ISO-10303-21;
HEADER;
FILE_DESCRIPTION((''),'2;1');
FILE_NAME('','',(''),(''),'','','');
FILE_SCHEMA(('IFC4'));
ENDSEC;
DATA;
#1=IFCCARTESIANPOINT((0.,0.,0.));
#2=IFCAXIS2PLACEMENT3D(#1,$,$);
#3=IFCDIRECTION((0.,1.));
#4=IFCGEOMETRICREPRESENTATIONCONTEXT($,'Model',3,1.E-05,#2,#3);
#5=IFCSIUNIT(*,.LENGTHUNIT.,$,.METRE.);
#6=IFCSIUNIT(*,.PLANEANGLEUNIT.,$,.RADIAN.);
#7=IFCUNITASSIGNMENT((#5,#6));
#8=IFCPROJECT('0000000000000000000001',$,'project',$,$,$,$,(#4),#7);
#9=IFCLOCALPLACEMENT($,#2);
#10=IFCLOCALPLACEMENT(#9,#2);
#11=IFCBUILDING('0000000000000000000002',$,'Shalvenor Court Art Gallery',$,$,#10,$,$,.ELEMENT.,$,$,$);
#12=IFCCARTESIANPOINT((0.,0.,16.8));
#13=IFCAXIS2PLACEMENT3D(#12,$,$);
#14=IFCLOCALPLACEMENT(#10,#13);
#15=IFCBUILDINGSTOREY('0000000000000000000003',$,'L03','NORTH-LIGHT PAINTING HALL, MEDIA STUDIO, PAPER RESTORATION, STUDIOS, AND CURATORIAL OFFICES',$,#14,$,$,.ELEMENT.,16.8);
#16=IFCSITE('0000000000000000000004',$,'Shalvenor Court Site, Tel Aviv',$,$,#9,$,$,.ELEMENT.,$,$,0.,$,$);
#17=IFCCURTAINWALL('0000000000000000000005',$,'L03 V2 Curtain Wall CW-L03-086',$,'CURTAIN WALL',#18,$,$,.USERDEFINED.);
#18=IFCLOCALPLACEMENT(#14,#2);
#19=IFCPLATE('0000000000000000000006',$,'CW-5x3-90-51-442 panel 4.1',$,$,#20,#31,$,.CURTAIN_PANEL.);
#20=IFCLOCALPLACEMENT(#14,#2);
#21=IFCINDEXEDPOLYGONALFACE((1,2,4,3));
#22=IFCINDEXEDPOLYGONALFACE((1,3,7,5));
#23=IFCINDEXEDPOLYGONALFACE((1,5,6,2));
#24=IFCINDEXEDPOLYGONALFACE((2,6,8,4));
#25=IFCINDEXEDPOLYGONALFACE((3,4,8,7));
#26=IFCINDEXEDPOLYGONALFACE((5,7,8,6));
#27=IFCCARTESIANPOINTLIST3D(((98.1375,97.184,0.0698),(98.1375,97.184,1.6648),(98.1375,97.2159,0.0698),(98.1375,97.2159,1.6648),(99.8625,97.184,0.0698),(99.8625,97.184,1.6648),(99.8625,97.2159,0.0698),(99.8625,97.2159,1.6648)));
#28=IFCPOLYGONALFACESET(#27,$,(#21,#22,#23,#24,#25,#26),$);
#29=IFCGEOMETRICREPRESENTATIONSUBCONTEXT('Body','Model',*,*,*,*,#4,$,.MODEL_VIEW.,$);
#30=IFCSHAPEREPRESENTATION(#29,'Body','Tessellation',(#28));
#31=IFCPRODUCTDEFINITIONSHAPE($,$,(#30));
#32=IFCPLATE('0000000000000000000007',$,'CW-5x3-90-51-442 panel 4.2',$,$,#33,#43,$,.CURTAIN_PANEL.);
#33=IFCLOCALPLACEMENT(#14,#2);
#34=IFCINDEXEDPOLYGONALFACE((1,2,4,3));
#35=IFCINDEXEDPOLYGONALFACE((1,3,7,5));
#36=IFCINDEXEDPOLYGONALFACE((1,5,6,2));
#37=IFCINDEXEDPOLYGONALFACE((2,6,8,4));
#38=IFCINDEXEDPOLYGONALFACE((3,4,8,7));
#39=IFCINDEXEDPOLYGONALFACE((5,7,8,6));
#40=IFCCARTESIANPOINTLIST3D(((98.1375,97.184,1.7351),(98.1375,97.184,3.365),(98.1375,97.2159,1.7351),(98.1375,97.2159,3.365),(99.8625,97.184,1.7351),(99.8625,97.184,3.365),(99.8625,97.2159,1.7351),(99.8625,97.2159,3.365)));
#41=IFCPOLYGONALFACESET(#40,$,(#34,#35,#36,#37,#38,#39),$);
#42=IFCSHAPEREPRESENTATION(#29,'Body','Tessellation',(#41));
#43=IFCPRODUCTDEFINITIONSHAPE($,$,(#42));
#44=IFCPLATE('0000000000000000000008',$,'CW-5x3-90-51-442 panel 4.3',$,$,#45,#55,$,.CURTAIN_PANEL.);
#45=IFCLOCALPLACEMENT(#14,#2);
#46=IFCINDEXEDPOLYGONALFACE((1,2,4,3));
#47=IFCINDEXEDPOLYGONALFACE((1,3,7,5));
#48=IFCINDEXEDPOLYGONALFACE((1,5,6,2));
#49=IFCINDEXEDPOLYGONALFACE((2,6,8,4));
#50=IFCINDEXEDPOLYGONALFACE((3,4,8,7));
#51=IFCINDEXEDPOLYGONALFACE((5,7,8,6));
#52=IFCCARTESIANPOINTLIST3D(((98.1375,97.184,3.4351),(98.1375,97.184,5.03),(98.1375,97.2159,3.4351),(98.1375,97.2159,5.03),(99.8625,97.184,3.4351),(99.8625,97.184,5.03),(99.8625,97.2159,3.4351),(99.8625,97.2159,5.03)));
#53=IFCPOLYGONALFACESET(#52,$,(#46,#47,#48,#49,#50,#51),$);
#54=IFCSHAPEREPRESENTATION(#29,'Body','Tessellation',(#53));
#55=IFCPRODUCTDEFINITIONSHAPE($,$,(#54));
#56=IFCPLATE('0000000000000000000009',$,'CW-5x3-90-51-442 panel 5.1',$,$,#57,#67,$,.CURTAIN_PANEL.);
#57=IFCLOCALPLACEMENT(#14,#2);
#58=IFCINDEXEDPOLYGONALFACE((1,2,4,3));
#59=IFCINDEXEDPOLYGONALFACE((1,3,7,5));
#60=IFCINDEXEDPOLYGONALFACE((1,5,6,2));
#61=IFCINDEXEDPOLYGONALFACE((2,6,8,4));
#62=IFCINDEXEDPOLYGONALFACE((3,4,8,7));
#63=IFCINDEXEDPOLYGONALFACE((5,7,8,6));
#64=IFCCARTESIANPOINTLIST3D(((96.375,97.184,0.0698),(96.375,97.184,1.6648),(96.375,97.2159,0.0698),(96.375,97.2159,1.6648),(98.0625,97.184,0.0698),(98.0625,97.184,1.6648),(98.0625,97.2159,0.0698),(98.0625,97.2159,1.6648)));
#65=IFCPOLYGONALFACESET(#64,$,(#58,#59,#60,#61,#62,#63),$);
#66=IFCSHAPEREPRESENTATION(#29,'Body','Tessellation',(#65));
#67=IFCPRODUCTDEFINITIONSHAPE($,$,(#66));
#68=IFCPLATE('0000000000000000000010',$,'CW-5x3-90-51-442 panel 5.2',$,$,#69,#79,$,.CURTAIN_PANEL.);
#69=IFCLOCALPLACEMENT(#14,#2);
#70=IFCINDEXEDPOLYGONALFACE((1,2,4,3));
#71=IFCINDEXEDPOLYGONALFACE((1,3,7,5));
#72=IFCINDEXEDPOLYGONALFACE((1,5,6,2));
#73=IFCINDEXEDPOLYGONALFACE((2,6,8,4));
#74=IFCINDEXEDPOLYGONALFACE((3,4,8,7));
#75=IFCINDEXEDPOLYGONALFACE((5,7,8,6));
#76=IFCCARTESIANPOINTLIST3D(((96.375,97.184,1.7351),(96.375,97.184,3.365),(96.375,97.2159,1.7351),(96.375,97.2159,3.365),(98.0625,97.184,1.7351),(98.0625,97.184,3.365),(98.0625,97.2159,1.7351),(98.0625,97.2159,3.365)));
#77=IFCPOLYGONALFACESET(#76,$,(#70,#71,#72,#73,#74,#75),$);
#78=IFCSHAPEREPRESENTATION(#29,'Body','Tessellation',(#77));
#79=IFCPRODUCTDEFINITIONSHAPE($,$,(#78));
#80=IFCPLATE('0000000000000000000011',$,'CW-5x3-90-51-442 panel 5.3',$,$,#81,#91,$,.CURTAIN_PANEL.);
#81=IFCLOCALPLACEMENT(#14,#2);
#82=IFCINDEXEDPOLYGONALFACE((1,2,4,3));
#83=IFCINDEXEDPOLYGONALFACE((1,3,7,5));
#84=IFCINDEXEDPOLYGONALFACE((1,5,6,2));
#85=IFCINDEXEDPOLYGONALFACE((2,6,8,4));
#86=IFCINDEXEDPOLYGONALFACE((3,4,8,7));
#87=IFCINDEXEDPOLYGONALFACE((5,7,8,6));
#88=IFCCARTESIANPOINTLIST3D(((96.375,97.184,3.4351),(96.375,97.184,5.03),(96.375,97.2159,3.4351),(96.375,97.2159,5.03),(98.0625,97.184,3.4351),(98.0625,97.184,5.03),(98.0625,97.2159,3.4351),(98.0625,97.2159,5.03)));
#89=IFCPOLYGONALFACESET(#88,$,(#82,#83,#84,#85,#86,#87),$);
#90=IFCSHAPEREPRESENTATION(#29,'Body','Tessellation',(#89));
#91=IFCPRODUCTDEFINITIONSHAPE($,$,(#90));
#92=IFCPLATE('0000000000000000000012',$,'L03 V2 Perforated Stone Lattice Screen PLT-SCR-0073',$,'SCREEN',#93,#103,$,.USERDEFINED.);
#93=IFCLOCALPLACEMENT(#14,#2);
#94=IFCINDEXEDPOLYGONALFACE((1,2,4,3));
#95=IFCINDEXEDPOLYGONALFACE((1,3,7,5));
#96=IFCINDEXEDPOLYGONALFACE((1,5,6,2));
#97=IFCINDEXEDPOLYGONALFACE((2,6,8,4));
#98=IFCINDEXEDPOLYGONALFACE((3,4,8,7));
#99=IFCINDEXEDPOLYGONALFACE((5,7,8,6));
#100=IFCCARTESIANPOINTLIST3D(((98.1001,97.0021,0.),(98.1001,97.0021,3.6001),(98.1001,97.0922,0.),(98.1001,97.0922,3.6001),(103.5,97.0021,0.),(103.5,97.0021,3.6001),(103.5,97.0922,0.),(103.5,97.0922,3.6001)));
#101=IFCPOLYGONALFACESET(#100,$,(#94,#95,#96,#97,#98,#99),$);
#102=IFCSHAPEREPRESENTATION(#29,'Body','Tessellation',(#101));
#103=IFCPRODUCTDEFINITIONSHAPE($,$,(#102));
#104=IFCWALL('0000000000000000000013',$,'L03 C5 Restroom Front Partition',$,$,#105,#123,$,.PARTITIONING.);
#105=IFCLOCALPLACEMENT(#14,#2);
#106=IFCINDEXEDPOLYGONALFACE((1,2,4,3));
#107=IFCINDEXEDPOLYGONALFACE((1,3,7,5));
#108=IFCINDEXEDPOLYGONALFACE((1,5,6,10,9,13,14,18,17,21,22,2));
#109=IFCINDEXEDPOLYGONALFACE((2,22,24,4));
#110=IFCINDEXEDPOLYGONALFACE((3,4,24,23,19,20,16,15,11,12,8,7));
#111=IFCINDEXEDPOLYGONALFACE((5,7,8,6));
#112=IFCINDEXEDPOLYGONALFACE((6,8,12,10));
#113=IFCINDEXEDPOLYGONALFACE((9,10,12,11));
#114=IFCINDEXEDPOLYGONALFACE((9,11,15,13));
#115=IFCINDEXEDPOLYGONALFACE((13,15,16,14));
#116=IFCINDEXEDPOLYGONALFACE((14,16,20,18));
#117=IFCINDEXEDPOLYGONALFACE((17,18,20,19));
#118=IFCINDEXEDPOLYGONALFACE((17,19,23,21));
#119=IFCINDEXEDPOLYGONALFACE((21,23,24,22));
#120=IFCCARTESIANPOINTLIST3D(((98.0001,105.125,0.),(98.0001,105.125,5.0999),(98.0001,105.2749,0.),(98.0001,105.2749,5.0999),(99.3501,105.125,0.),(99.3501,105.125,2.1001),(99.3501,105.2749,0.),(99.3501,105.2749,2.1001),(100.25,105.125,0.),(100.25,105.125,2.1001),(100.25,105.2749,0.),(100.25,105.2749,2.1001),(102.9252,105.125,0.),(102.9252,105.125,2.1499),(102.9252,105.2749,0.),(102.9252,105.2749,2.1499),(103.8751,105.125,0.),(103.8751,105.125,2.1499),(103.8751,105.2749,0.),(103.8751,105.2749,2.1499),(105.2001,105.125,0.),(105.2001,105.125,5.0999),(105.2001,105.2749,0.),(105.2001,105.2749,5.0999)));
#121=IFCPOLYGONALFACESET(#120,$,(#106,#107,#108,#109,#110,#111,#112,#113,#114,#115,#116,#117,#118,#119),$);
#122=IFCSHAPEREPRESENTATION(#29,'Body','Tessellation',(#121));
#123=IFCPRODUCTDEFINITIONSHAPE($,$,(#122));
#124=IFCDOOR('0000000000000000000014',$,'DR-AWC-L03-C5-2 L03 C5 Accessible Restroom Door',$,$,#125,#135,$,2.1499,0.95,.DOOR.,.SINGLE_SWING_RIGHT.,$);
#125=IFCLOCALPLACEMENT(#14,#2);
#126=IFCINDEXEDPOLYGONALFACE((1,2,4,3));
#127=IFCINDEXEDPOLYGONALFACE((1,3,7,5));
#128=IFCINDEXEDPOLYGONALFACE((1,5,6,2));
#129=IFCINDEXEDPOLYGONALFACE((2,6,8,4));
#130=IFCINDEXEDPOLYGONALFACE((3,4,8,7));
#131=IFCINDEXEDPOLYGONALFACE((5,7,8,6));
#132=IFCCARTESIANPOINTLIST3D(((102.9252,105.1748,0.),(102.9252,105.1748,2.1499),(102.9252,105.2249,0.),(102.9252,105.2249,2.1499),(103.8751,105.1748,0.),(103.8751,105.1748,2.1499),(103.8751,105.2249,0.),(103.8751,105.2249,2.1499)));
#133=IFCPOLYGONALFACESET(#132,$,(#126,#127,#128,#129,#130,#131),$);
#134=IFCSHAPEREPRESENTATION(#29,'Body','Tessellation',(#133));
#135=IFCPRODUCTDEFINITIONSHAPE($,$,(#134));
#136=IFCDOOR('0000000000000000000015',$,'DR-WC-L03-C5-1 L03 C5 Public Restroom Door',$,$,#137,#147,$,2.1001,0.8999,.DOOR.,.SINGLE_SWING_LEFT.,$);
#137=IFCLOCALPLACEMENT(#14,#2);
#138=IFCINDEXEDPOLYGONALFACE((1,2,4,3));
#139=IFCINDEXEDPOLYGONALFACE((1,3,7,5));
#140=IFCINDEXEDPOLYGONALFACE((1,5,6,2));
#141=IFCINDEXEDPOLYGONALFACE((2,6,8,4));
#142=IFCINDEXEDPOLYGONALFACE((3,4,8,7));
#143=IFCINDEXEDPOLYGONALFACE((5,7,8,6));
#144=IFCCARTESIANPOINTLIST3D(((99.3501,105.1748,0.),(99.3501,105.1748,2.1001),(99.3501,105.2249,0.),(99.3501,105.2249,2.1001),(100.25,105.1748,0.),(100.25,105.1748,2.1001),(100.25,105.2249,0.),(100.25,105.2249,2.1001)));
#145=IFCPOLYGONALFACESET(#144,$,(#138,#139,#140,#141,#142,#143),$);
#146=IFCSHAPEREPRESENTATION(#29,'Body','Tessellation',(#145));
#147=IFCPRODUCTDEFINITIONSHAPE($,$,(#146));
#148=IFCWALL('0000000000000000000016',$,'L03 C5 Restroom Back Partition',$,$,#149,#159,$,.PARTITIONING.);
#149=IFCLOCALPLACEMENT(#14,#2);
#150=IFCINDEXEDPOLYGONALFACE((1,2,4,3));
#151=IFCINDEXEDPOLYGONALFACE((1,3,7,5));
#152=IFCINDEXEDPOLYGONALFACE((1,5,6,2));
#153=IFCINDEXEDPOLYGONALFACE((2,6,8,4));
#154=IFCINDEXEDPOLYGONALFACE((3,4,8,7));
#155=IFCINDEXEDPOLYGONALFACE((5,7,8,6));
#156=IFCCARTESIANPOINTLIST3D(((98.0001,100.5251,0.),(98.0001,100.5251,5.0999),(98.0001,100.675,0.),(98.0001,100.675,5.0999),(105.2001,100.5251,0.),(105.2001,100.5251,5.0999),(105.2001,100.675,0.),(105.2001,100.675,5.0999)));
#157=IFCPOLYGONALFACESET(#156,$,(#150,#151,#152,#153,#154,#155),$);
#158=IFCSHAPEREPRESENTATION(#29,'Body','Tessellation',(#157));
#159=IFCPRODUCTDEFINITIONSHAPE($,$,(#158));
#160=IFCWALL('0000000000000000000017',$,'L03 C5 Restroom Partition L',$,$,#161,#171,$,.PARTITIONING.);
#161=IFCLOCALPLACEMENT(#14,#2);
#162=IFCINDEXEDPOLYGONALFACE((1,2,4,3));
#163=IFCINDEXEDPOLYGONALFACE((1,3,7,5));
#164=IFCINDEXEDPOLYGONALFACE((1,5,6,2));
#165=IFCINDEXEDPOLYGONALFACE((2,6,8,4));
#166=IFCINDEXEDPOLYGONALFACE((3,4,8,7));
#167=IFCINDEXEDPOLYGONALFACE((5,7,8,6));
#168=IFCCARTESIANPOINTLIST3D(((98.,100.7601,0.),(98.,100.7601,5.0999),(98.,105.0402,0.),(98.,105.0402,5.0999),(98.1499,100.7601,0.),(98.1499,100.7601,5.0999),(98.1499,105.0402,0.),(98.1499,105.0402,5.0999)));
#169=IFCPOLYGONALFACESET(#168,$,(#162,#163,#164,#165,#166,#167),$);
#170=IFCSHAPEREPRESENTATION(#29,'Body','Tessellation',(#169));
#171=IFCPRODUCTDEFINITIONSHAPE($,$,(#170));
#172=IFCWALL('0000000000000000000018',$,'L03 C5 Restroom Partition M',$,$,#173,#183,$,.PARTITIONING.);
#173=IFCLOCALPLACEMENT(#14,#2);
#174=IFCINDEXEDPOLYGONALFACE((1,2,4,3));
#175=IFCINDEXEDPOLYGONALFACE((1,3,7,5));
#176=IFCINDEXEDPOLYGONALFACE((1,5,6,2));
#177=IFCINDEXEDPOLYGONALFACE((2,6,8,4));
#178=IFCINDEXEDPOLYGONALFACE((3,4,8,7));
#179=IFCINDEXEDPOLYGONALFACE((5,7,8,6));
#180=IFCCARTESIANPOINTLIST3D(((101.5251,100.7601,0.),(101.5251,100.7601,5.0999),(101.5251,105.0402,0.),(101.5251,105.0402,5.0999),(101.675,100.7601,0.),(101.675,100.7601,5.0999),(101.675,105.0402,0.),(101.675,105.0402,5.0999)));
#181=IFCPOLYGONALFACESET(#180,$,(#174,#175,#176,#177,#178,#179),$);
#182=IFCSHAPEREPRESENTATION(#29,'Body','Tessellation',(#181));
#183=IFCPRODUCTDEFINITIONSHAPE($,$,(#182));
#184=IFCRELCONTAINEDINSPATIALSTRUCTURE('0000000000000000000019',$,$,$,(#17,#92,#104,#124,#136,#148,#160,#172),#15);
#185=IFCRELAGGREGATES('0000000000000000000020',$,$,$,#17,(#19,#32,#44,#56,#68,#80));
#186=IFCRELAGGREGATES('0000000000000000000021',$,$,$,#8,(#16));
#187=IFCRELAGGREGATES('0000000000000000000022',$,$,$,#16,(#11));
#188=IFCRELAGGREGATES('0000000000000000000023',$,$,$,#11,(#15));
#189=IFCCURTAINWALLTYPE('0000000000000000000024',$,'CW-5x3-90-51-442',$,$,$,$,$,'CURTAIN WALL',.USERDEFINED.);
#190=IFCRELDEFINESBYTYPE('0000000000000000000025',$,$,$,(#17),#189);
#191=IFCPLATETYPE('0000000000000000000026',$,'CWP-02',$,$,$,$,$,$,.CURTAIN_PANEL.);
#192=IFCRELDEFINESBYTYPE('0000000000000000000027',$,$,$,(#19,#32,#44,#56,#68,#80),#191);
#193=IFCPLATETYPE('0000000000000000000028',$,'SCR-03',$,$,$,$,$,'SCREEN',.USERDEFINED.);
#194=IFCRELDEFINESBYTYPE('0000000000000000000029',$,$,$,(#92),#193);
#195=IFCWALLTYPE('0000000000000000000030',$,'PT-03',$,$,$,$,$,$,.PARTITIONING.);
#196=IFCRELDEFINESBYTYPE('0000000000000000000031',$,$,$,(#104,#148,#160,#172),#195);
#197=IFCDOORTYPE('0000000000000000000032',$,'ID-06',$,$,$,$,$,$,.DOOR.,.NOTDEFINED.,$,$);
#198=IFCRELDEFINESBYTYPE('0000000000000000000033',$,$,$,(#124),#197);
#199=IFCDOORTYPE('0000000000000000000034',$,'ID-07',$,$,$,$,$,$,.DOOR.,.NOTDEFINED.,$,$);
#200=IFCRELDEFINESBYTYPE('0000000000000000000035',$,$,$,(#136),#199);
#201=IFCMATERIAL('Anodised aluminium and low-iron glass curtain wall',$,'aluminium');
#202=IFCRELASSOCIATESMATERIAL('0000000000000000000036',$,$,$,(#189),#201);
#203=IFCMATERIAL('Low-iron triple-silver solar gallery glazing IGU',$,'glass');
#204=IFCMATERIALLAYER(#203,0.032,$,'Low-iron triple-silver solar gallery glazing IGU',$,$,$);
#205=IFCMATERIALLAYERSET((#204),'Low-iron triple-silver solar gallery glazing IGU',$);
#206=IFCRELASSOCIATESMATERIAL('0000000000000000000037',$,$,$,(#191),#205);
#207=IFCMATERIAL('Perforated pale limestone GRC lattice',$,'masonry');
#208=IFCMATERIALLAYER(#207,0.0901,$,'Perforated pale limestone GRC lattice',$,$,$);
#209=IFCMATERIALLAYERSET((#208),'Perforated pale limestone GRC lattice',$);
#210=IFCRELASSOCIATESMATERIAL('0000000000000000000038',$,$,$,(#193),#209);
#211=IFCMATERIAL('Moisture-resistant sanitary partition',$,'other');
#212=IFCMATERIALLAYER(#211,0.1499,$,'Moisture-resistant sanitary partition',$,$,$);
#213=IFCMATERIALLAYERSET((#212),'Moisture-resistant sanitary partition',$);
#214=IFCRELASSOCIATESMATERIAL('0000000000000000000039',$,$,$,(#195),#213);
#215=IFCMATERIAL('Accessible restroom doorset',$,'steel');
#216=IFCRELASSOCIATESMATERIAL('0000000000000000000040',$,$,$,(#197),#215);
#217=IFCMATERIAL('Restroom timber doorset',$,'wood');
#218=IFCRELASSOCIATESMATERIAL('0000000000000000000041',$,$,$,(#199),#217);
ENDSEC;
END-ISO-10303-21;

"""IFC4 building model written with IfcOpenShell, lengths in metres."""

from ifc_helpers import new_model, si_unit, direction, frame, frame_2d, origin, origin_2d, place, context, subcontext, project, spatial, rectangle, extrude, material, layer, layer_set, type_object, element, fill, aggregate, save


model = new_model("IFC4")

# Units and contexts
model_context = context("Model", 3, precision=1e-05, world=origin(), true_north=direction((0.0, 1.0)))
body_context = subcontext(model_context, "Body", "Model", "MODEL_VIEW")
ifc_project = project(units=[si_unit("LENGTHUNIT", "METRE"), si_unit("PLANEANGLEUNIT", "RADIAN")], contexts=[model_context])

# Site, building, storey
site_placement = place(None, origin())
site = spatial("IfcSite", under=ifc_project, at=site_placement, Name="Shalvenor Court Site, Tel Aviv", CompositionType="ELEMENT", RefElevation=0.0)
building_placement = place(site_placement, origin())
building = spatial("IfcBuilding", under=site, at=building_placement, Name="Shalvenor Court Art Gallery", CompositionType="ELEMENT")
storey_placement = place(building_placement, frame((0.0, 0.0, 16.8)))
storey = spatial("IfcBuildingStorey", under=building, at=storey_placement, Name="L03", Description="NORTH-LIGHT PAINTING HALL, MEDIA STUDIO, PAPER RESTORATION, STUDIOS, AND CURATORIAL OFFICES", CompositionType="ELEMENT", Elevation=16.8)

# Curtain wall, plates
ifc_material_1 = material(Name="Anodised aluminium and low-iron glass curtain wall", Category="aluminium")
curtain_wall_type = type_object("IfcCurtainWallType", Name="CW-5x3-90-51-442", ElementType="CURTAIN WALL", PredefinedType="USERDEFINED", material=ifc_material_1)
curtain_wall_placement = place(storey_placement, origin())
curtain_wall = element("IfcCurtainWall", 1, at=curtain_wall_placement, inside=storey, type_object=curtain_wall_type, Name="L03 V2 Curtain Wall CW-L03-086", ObjectType="CURTAIN WALL", PredefinedType="USERDEFINED")
ifc_material_2 = material(Name="Low-iron triple-silver solar gallery glazing IGU", Category="glass")
ifc_layer_1 = layer(ifc_material_2, 0.032, Name="Low-iron triple-silver solar gallery glazing IGU")
ifc_layer_set_1 = layer_set([ifc_layer_1], Name="Low-iron triple-silver solar gallery glazing IGU")
plate_type_1 = type_object("IfcPlateType", Name="CWP-02", PredefinedType="CURTAIN_PANEL", material=ifc_layer_set_1)
plate_1_placement = place(storey_placement, frame((99.0, 97.2, 0.0698), z_axis=(0.0, 0.0, 1.0), x_axis=(-1.0, 0.0, 0.0)))
plate_1 = element("IfcPlate", 2, at=plate_1_placement, type_object=plate_type_1, Name="CW-5x3-90-51-442 panel 4.1", PredefinedType="CURTAIN_PANEL", context=body_context, shape_type="SweptSolid", body=[
    extrude(rectangle(XDim=1.7251, YDim=0.032, at=origin_2d()), origin(), (0.0, 0.0, 1.0), 1.595),
])
plate_2_placement = place(storey_placement, frame((99.0, 97.2, 1.7351), z_axis=(0.0, 0.0, 1.0), x_axis=(-1.0, 0.0, 0.0)))
plate_2 = element("IfcPlate", 3, at=plate_2_placement, type_object=plate_type_1, Name="CW-5x3-90-51-442 panel 4.2", PredefinedType="CURTAIN_PANEL", context=body_context, shape_type="SweptSolid", body=[
    extrude(rectangle(XDim=1.7251, YDim=0.032, at=origin_2d()), origin(), (0.0, 0.0, 1.0), 1.6299),
])
plate_3_placement = place(storey_placement, frame((99.0, 97.2, 3.4351), z_axis=(0.0, 0.0, 1.0), x_axis=(-1.0, 0.0, 0.0)))
plate_3 = element("IfcPlate", 4, at=plate_3_placement, type_object=plate_type_1, Name="CW-5x3-90-51-442 panel 4.3", PredefinedType="CURTAIN_PANEL", context=body_context, shape_type="SweptSolid", body=[
    extrude(rectangle(XDim=1.7251, YDim=0.032, at=origin_2d()), origin(), (0.0, 0.0, 1.0), 1.595),
])
plate_4_placement = place(storey_placement, frame((97.2188, 97.2, 0.0698), z_axis=(0.0, 0.0, 1.0), x_axis=(-1.0, 0.0, 0.0)))
plate_4 = element("IfcPlate", 5, at=plate_4_placement, type_object=plate_type_1, Name="CW-5x3-90-51-442 panel 5.1", PredefinedType="CURTAIN_PANEL", context=body_context, shape_type="SweptSolid", body=[
    extrude(rectangle(XDim=1.6875, YDim=0.032, at=origin_2d()), origin(), (0.0, 0.0, 1.0), 1.595),
])
plate_5_placement = place(storey_placement, frame((97.2188, 97.2, 1.7351), z_axis=(0.0, 0.0, 1.0), x_axis=(-1.0, 0.0, 0.0)))
plate_5 = element("IfcPlate", 6, at=plate_5_placement, type_object=plate_type_1, Name="CW-5x3-90-51-442 panel 5.2", PredefinedType="CURTAIN_PANEL", context=body_context, shape_type="SweptSolid", body=[
    extrude(rectangle(XDim=1.6875, YDim=0.032, at=origin_2d()), origin(), (0.0, 0.0, 1.0), 1.6299),
])
plate_6_placement = place(storey_placement, frame((97.2188, 97.2, 3.4351), z_axis=(0.0, 0.0, 1.0), x_axis=(-1.0, 0.0, 0.0)))
plate_6 = element("IfcPlate", 7, at=plate_6_placement, type_object=plate_type_1, Name="CW-5x3-90-51-442 panel 5.3", PredefinedType="CURTAIN_PANEL", context=body_context, shape_type="SweptSolid", body=[
    extrude(rectangle(XDim=1.6875, YDim=0.032, at=origin_2d()), origin(), (0.0, 0.0, 1.0), 1.595),
])
aggregate(curtain_wall, [plate_1, plate_2, plate_3, plate_4, plate_5, plate_6])

# Plate
ifc_material_3 = material(Name="Perforated pale limestone GRC lattice", Category="masonry")
ifc_layer_2 = layer(ifc_material_3, 0.0901, Name="Perforated pale limestone GRC lattice")
ifc_layer_set_2 = layer_set([ifc_layer_2], Name="Perforated pale limestone GRC lattice")
plate_type_2 = type_object("IfcPlateType", Name="SCR-03", ElementType="SCREEN", PredefinedType="USERDEFINED", material=ifc_layer_set_2)
plate_7_placement = place(storey_placement, frame((100.8, 97.0471, 0.0), z_axis=(0.0, 0.0, 1.0), x_axis=(-1.0, 0.0, 0.0)))
element("IfcPlate", 8, at=plate_7_placement, inside=storey, type_object=plate_type_2, Name="L03 V2 Perforated Stone Lattice Screen PLT-SCR-0073", ObjectType="SCREEN", PredefinedType="USERDEFINED", context=body_context, shape_type="SweptSolid", body=[
    extrude(rectangle(XDim=5.3999, YDim=0.0901, at=origin_2d()), origin(), (0.0, 0.0, 1.0), 3.6001),
])

# Wall, openings, doors
ifc_material_4 = material(Name="Moisture-resistant sanitary partition", Category="other")
ifc_layer_3 = layer(ifc_material_4, 0.1499, Name="Moisture-resistant sanitary partition")
ifc_layer_set_3 = layer_set([ifc_layer_3], Name="Moisture-resistant sanitary partition")
wall_type = type_object("IfcWallType", Name="PT-03", PredefinedType="PARTITIONING", material=ifc_layer_set_3)
wall_1_placement = place(storey_placement, frame((98.0, 105.2, 0.0), z_axis=(0.0, 0.0, 1.0), x_axis=(1.0, 0.0, 0.0)))
wall_1 = element("IfcWall", 9, at=wall_1_placement, inside=storey, type_object=wall_type, Name="L03 C5 Restroom Front Partition", PredefinedType="PARTITIONING", context=body_context, shape_type="SweptSolid", body=[
    extrude(rectangle(XDim=7.2, YDim=0.1499, at=frame_2d((3.6001, 0.0))), origin(), (0.0, 0.0, 1.0), 5.0999),
])
opening_1_placement = place(wall_1_placement, frame((1.3501, 0.0, 0.0)))
opening_1 = element("IfcOpeningElement", 10, at=opening_1_placement, cuts=wall_1, PredefinedType="OPENING", context=body_context, shape_type="SweptSolid", body=[
    extrude(rectangle(XDim=0.8999, YDim=2.1001, at=frame_2d((0.45, 1.05))), frame((0.0, 0.085, 0.0), z_axis=(0.0, -1.0, 0.0), x_axis=(1.0, 0.0, 0.0)), (0.0, 0.0, 1.0), 0.1699),
])
opening_2_placement = place(wall_1_placement, frame((4.925, 0.0, 0.0)))
opening_2 = element("IfcOpeningElement", 11, at=opening_2_placement, cuts=wall_1, PredefinedType="OPENING", context=body_context, shape_type="SweptSolid", body=[
    extrude(rectangle(XDim=0.95, YDim=2.1499, at=frame_2d((0.4751, 1.075))), frame((0.0, 0.085, 0.0), z_axis=(0.0, -1.0, 0.0), x_axis=(1.0, 0.0, 0.0)), (0.0, 0.0, 1.0), 0.1699),
])
ifc_material_5 = material(Name="Accessible restroom doorset", Category="steel")
door_type_1 = type_object("IfcDoorType", Name="ID-06", OperationType="NOTDEFINED", PredefinedType="DOOR", material=ifc_material_5)
door_1_placement = place(opening_2_placement, origin())
door_1 = element("IfcDoor", 12, at=door_1_placement, inside=storey, type_object=door_type_1, Name="DR-AWC-L03-C5-2 L03 C5 Accessible Restroom Door", OperationType="SINGLE_SWING_RIGHT", OverallHeight=2.1499, OverallWidth=0.95, PredefinedType="DOOR", context=body_context, shape_type="SweptSolid", body=[
    extrude(rectangle(XDim=0.95, YDim=2.1499, at=frame_2d((0.4751, 1.075))), frame((0.0, 0.0249, 0.0), z_axis=(0.0, -1.0, 0.0), x_axis=(1.0, 0.0, 0.0)), (0.0, 0.0, 1.0), 0.05),
])
fill(opening_2, door_1)
ifc_material_6 = material(Name="Restroom timber doorset", Category="wood")
door_type_2 = type_object("IfcDoorType", Name="ID-07", OperationType="NOTDEFINED", PredefinedType="DOOR", material=ifc_material_6)
door_2_placement = place(opening_1_placement, origin())
door_2 = element("IfcDoor", 13, at=door_2_placement, inside=storey, type_object=door_type_2, Name="DR-WC-L03-C5-1 L03 C5 Public Restroom Door", OperationType="SINGLE_SWING_LEFT", OverallHeight=2.1001, OverallWidth=0.8999, PredefinedType="DOOR", context=body_context, shape_type="SweptSolid", body=[
    extrude(rectangle(XDim=0.8999, YDim=2.1001, at=frame_2d((0.45, 1.05))), frame((0.0, 0.0249, 0.0), z_axis=(0.0, -1.0, 0.0), x_axis=(1.0, 0.0, 0.0)), (0.0, 0.0, 1.0), 0.05),
])
fill(opening_1, door_2)

# Walls
wall_2_placement = place(storey_placement, frame((98.0, 100.6001, 0.0), z_axis=(0.0, 0.0, 1.0), x_axis=(1.0, 0.0, 0.0)))
element("IfcWall", 14, at=wall_2_placement, inside=storey, type_object=wall_type, Name="L03 C5 Restroom Back Partition", PredefinedType="PARTITIONING", context=body_context, shape_type="SweptSolid", body=[
    extrude(rectangle(XDim=7.2, YDim=0.1499, at=frame_2d((3.6001, 0.0))), origin(), (0.0, 0.0, 1.0), 5.0999),
])
for number, where, z_axis, x_axis, name in (
    (15, (98.075, 100.76, 0.0), (0.0, 0.0, 1.0), (0.0, 1.0, 0.0), "L03 C5 Restroom Partition L"),
    (16, (101.6001, 100.76, 0.0), (0.0, 0.0, 1.0), (0.0, 1.0, 0.0), "L03 C5 Restroom Partition M"),
):
    element("IfcWall", number, at=place(storey_placement, frame(where, z_axis=z_axis, x_axis=x_axis)), inside=storey, type_object=wall_type, Name=name, PredefinedType="PARTITIONING", context=body_context, shape_type="SweptSolid", body=[
        extrude(rectangle(XDim=4.28, YDim=0.1499, at=frame_2d((2.1401, 0.0))), origin(), (0.0, 0.0, 1.0), 5.0999),
    ])

save(model, "model.ifc")
